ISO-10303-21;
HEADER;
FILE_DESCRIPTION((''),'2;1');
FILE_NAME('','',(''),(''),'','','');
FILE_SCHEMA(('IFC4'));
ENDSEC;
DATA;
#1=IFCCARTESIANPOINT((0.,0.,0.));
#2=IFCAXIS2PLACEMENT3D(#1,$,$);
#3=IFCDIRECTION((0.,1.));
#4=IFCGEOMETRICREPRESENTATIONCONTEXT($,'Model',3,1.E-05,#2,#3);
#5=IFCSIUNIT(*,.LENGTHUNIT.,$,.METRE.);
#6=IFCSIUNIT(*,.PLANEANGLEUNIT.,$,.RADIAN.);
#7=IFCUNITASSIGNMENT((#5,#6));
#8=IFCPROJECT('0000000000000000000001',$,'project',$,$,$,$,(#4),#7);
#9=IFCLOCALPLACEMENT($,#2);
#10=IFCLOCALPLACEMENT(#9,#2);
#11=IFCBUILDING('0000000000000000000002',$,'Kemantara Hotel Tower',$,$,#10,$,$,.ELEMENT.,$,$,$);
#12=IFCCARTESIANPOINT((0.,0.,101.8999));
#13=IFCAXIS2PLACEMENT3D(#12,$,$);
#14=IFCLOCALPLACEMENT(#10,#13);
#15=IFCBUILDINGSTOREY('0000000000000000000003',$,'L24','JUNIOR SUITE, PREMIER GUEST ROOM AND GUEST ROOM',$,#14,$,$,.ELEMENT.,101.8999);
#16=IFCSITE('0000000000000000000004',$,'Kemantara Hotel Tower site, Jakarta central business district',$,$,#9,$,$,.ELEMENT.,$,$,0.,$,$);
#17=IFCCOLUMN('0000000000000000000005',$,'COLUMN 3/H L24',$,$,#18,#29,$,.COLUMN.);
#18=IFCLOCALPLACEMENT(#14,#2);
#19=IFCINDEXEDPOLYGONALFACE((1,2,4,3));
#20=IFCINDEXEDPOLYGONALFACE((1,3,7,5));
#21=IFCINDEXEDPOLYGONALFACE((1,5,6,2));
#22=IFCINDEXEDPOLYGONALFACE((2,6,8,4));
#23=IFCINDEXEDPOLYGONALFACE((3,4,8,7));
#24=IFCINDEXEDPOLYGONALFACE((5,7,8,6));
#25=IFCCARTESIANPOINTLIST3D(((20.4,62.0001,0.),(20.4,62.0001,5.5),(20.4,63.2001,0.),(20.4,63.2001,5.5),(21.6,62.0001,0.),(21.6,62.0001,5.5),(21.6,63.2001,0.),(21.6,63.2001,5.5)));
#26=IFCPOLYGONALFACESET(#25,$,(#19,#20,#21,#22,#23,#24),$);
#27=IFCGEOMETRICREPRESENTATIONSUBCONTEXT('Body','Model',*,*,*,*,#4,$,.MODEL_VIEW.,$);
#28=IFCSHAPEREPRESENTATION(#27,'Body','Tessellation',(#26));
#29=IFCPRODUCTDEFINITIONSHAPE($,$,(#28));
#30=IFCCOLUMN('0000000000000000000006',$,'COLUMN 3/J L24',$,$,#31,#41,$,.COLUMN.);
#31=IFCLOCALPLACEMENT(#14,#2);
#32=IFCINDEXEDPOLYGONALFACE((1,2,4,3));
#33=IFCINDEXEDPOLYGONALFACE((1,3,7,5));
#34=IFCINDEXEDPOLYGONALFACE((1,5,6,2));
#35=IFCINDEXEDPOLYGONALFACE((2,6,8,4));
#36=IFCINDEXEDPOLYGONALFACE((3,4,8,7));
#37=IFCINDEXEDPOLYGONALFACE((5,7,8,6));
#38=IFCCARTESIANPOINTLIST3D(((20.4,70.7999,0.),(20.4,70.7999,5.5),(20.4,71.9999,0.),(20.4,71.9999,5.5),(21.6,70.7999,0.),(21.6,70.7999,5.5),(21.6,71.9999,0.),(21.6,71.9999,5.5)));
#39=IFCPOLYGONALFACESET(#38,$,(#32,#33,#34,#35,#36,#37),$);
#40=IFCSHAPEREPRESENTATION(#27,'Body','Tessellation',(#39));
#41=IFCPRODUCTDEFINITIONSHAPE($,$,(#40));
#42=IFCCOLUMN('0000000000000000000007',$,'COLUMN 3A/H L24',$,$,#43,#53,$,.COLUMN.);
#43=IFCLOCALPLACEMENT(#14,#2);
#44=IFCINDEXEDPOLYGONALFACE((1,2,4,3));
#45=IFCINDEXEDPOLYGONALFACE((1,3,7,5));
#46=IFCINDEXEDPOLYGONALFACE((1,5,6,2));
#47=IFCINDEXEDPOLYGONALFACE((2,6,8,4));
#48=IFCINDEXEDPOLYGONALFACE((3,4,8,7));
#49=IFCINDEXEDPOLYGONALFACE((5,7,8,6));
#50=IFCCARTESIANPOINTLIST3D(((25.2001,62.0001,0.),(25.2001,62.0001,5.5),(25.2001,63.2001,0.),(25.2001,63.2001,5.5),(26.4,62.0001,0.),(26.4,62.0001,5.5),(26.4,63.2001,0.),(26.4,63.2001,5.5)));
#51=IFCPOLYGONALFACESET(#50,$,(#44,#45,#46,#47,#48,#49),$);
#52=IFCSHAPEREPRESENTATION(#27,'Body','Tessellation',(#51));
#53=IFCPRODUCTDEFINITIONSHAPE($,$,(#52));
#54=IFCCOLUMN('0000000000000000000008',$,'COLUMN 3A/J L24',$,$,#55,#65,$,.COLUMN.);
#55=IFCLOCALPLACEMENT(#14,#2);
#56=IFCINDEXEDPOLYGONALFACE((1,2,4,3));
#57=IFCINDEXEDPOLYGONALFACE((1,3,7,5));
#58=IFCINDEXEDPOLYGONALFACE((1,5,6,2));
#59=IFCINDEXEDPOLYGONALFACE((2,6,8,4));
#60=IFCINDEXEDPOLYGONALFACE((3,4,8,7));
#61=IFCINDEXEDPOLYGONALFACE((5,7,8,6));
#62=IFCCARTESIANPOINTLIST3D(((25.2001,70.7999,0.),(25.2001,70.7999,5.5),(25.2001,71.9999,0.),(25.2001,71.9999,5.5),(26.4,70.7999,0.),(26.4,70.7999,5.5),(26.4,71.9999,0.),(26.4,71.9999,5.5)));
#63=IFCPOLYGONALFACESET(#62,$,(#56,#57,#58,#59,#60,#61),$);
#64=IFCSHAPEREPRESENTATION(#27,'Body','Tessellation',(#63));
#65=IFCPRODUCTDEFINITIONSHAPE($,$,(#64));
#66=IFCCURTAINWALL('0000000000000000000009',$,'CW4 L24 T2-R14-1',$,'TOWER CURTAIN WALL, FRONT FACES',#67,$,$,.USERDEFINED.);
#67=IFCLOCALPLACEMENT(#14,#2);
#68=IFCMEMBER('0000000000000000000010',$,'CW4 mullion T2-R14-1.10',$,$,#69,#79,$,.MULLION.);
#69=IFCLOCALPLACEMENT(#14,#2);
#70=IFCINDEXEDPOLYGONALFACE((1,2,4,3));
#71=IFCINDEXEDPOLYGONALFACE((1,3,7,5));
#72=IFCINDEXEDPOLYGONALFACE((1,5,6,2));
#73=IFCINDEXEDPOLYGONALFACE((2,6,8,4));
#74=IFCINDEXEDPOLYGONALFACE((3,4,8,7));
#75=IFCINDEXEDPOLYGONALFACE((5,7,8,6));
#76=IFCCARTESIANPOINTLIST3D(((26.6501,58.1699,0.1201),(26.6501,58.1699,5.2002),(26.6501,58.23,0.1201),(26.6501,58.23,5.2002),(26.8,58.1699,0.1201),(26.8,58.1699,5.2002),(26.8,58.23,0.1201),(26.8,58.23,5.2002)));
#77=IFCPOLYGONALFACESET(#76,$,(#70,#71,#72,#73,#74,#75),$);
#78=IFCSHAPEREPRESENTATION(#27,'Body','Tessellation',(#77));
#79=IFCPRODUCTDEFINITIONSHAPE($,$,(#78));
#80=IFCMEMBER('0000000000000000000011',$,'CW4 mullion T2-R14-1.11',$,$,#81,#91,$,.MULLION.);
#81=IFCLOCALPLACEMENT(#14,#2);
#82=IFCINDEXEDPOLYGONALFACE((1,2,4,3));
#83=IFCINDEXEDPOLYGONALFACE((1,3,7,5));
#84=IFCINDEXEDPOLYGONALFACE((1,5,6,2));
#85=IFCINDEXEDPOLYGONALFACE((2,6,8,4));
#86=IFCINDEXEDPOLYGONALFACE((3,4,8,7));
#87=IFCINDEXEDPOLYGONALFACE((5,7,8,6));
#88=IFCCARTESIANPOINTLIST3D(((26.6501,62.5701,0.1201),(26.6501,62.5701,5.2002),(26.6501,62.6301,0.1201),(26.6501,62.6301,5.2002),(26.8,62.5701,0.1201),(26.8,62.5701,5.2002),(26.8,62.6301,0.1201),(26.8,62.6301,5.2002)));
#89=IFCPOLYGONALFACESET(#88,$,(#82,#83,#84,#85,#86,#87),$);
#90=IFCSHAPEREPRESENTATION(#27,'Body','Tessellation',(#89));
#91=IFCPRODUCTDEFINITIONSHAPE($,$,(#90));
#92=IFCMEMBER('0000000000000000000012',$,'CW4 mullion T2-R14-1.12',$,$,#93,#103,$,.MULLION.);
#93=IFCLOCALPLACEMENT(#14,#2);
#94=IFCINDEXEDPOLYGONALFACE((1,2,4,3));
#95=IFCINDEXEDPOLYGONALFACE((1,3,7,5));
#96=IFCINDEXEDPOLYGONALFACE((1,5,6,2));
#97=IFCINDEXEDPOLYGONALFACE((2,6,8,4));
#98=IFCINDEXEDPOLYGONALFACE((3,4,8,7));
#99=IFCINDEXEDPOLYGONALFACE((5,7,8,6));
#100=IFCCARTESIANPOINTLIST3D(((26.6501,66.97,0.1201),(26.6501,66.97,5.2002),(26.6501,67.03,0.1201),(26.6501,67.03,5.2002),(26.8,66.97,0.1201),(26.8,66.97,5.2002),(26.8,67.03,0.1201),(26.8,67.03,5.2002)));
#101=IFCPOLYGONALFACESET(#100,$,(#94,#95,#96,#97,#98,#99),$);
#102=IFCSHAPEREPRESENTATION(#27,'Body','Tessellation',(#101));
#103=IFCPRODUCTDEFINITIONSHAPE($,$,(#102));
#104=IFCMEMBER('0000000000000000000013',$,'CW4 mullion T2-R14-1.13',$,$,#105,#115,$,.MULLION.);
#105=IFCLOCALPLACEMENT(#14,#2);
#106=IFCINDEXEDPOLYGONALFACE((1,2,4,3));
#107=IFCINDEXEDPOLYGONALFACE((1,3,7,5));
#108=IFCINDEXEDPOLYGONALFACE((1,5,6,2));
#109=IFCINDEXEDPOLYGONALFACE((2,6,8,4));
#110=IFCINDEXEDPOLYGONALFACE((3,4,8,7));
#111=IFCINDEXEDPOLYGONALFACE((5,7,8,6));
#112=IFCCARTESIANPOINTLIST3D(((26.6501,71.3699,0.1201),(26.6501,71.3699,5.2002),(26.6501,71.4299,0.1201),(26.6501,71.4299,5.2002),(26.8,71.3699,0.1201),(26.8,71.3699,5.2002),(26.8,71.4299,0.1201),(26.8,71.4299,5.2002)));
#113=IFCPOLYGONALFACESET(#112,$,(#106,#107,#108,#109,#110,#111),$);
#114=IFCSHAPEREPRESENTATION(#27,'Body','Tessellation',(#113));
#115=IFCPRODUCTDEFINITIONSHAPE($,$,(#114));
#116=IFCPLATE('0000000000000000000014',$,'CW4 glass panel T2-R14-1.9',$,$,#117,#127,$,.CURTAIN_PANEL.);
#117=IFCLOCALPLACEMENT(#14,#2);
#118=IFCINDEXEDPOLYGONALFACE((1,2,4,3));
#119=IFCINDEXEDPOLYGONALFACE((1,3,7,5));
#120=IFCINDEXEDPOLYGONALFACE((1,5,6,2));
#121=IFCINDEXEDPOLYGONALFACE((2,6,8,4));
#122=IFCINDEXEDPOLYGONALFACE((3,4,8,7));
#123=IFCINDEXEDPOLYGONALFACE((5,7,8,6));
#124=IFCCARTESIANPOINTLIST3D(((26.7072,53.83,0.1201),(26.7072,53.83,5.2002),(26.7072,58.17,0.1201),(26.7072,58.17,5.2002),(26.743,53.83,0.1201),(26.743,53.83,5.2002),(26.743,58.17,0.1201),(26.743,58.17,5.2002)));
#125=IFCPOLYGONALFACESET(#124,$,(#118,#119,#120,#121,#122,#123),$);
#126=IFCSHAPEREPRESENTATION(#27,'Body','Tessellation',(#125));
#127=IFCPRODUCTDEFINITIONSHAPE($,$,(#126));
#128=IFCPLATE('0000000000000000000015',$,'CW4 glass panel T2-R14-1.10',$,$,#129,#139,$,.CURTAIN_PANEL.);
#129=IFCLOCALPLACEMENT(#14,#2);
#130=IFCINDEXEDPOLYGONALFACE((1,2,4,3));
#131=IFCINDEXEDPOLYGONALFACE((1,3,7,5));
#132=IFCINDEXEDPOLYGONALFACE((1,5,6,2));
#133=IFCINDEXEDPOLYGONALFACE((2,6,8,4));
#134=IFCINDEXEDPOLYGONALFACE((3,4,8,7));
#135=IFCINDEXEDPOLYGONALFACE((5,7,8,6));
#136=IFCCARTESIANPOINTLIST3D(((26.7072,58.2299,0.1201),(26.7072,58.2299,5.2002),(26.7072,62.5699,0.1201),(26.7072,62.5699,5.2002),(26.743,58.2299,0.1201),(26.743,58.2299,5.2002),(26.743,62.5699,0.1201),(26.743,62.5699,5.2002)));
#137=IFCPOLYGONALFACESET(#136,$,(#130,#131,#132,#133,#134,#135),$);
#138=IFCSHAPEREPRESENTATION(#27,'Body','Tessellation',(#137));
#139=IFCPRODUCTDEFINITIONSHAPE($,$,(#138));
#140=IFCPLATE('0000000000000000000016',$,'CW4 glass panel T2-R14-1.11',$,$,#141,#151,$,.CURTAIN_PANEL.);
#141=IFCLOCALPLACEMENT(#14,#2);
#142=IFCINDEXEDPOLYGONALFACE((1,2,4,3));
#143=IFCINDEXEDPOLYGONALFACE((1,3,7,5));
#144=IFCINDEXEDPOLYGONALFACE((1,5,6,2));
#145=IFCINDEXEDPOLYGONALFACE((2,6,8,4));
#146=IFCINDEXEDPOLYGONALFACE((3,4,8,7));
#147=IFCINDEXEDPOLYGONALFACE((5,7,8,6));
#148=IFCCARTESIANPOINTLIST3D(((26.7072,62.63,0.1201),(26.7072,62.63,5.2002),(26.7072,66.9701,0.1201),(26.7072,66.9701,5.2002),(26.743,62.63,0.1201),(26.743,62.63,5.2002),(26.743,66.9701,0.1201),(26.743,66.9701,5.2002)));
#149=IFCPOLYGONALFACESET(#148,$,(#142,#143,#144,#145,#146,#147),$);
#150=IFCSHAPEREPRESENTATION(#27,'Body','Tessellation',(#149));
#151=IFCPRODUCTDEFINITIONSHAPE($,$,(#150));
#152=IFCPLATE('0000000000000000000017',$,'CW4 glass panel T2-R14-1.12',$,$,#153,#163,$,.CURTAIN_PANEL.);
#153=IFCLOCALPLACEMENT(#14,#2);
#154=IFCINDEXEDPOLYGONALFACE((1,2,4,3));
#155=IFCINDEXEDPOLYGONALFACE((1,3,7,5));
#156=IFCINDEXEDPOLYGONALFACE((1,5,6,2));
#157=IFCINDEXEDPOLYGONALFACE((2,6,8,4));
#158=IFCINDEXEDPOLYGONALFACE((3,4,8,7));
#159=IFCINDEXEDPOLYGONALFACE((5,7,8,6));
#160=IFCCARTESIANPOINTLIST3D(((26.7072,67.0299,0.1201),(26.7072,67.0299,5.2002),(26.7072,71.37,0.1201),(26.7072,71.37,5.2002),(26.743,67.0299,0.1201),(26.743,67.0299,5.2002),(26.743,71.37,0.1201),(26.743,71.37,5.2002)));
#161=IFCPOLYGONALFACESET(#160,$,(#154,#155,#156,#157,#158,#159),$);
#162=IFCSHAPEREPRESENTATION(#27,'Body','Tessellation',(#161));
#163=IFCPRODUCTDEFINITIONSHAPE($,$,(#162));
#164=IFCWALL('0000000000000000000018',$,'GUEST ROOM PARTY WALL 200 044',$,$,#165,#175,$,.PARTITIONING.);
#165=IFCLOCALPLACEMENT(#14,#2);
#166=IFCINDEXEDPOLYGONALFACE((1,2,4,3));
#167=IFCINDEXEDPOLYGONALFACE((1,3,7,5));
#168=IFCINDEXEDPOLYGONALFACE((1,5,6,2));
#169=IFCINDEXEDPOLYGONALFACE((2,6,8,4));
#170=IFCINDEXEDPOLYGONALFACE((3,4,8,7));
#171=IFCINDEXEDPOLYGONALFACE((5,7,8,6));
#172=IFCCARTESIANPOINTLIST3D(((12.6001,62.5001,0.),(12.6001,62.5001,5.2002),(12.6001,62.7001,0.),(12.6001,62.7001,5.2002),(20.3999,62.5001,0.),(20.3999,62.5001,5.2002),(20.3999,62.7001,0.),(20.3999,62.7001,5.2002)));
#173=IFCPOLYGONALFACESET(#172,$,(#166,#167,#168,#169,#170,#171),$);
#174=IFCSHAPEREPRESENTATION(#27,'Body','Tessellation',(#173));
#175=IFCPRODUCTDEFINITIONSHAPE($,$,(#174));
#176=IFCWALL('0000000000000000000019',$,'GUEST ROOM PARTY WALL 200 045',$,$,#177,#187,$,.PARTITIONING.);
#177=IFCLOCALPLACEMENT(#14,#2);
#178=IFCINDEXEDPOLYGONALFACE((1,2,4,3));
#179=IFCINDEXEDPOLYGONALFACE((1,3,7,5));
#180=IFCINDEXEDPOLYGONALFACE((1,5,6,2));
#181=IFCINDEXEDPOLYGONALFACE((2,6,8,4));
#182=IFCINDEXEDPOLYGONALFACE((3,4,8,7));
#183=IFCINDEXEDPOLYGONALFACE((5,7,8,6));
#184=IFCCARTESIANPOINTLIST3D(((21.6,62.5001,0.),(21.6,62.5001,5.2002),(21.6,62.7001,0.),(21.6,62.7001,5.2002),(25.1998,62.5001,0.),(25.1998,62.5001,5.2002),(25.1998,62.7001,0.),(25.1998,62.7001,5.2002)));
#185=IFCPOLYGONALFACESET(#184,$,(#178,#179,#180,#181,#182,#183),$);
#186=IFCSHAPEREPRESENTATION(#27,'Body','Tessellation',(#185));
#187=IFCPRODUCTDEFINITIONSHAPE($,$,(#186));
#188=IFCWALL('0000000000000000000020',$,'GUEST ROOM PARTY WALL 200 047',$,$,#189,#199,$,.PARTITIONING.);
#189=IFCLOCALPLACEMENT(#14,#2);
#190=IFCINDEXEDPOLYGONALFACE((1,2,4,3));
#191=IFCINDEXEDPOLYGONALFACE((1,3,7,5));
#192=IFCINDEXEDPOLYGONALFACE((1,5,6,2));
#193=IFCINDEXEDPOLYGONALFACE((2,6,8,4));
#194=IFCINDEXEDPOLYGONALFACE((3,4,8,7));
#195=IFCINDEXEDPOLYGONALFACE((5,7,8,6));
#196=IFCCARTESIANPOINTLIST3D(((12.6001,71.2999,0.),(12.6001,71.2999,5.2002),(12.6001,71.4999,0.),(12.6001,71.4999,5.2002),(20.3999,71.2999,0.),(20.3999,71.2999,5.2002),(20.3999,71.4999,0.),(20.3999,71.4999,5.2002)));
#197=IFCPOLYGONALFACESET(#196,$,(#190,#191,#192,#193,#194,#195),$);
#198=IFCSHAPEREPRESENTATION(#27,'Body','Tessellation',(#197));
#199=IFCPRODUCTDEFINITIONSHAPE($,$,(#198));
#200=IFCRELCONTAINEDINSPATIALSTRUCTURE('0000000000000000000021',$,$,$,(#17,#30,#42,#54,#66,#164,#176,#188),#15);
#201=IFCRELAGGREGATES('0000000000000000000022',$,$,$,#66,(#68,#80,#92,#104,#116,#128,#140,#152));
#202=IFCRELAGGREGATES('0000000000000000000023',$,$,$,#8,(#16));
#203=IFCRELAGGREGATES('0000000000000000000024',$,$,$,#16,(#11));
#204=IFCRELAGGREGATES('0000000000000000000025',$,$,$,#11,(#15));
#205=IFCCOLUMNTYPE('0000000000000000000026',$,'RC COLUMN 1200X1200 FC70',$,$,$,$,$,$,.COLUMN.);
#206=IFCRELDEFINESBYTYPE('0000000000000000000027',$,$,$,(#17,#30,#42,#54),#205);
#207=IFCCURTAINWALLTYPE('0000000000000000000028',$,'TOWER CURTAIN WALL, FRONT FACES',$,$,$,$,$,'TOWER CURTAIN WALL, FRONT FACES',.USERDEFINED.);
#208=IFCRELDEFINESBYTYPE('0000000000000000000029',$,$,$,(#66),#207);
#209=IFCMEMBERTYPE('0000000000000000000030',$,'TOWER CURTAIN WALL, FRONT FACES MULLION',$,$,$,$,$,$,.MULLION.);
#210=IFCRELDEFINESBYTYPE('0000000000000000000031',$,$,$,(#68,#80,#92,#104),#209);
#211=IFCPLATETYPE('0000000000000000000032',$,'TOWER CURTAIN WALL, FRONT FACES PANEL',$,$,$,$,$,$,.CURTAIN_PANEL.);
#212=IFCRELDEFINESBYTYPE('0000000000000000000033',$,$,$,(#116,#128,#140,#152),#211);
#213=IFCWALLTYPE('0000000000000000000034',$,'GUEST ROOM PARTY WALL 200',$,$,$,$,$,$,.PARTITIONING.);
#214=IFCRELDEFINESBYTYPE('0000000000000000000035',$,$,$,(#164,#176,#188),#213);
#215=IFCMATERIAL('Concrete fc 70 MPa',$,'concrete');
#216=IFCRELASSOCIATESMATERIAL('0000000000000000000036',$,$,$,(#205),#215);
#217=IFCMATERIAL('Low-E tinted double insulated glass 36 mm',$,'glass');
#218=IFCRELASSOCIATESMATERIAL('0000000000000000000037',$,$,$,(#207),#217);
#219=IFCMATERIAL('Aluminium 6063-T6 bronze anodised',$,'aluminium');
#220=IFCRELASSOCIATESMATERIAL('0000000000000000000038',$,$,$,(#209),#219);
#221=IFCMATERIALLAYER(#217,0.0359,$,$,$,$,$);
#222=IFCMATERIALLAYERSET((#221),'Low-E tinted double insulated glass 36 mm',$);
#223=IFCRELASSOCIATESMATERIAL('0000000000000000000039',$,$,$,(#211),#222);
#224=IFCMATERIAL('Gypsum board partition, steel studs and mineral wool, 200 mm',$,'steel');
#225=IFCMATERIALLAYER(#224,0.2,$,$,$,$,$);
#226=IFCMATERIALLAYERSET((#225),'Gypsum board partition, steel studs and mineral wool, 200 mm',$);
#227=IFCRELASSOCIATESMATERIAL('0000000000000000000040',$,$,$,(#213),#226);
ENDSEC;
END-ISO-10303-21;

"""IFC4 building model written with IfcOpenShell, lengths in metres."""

from ifc_helpers import new_model, si_unit, direction, frame, frame_2d, origin, origin_2d, place, context, subcontext, project, spatial, rectangle, extrude, source, transform, mapped, material, layer, layer_set, material_profile, profile_set, type_object, element, aggregate, save


model = new_model("IFC4")

# Units and contexts
model_context = context("Model", 3, precision=1e-05, world=origin(), true_north=direction((0.0, 1.0)))
body_context = subcontext(model_context, "Body", "Model", "MODEL_VIEW")
ifc_project = project(units=[si_unit("LENGTHUNIT", "METRE"), si_unit("PLANEANGLEUNIT", "RADIAN")], contexts=[model_context])

# Site, building, storey
site_placement = place(None, origin())
site = spatial("IfcSite", under=ifc_project, at=site_placement, Name="Kemantara Hotel Tower site, Jakarta central business district", CompositionType="ELEMENT", RefElevation=0.0)
building_placement = place(site_placement, origin())
building = spatial("IfcBuilding", under=site, at=building_placement, Name="Kemantara Hotel Tower", CompositionType="ELEMENT")
storey_placement = place(building_placement, frame((0.0, 0.0, 101.8999)))
storey = spatial("IfcBuildingStorey", under=building, at=storey_placement, Name="L24", Description="JUNIOR SUITE, PREMIER GUEST ROOM AND GUEST ROOM", CompositionType="ELEMENT", Elevation=101.8999)

# Columns
ifc_material_1 = material(Name="Concrete fc 70 MPa", Category="concrete")
ifc_material_profile_1 = material_profile(ifc_material_1, rectangle(XDim=1.2, YDim=1.2, at=origin_2d()), Name="RC 1200X1200")
ifc_profile_set_1 = profile_set([ifc_material_profile_1], Name="Concrete fc 70 MPa")
column_type = type_object("IfcColumnType", Name="RC COLUMN 1200X1200 FC70", PredefinedType="COLUMN", material=ifc_profile_set_1)
for number, where, z_axis, x_axis, name in (
    (1, (21.0, 62.6001, 0.0), (0.0, 0.0, 1.0), (1.0, 0.0, 0.0), "COLUMN 3/H L24"),
    (2, (21.0, 71.3999, 0.0), (0.0, 0.0, 1.0), (1.0, 0.0, 0.0), "COLUMN 3/J L24"),
    (3, (25.8, 62.6001, 0.0), (0.0, 0.0, 1.0), (1.0, 0.0, 0.0), "COLUMN 3A/H L24"),
    (4, (25.8, 71.3999, 0.0), (0.0, 0.0, 1.0), (1.0, 0.0, 0.0), "COLUMN 3A/J L24"),
):
    element("IfcColumn", number, at=place(storey_placement, frame(where, z_axis=z_axis, x_axis=x_axis)), inside=storey, type_object=column_type, Name=name, PredefinedType="COLUMN", context=body_context, shape_type="SweptSolid", body=[
        extrude(rectangle(XDim=1.2, YDim=1.2, at=origin_2d()), origin(), (0.0, 0.0, 1.0), 5.5),
    ])

# Curtain wall, members, plates
ifc_material_2 = material(Name="Low-E tinted double insulated glass 36 mm", Category="glass")
curtain_wall_type = type_object("IfcCurtainWallType", Name="TOWER CURTAIN WALL, FRONT FACES", ElementType="TOWER CURTAIN WALL, FRONT FACES", PredefinedType="USERDEFINED", material=ifc_material_2)
curtain_wall_placement = place(storey_placement, origin())
curtain_wall = element("IfcCurtainWall", 5, at=curtain_wall_placement, inside=storey, type_object=curtain_wall_type, Name="CW4 L24 T2-R14-1", ObjectType="TOWER CURTAIN WALL, FRONT FACES", PredefinedType="USERDEFINED")
ifc_material_3 = material(Name="Aluminium 6063-T6 bronze anodised", Category="aluminium")
ifc_material_profile_2 = material_profile(ifc_material_3, rectangle(XDim=0.1499, YDim=0.0601, at=origin_2d()), Name="TOWER CURTAIN WALL, FRONT FACES MULLION")
ifc_profile_set_2 = profile_set([ifc_material_profile_2], Name="Aluminium 6063-T6 bronze anodised")
member_type = type_object("IfcMemberType", Name="TOWER CURTAIN WALL, FRONT FACES MULLION", PredefinedType="MULLION", material=ifc_profile_set_2)
shared_shape_1 = source(origin(), body_context, "Body", "SweptSolid", [
    extrude(rectangle(XDim=0.1499, YDim=0.0601, at=origin_2d()), origin(), (0.0, 0.0, 1.0), 5.0801),
])
member_1_placement = place(storey_placement, frame((26.7251, 58.2, 0.1201), z_axis=(0.0, 0.0, 1.0), x_axis=(-1.0, 0.0, 0.0)))
member_1 = element("IfcMember", 6, at=member_1_placement, type_object=member_type, Name="CW4 mullion T2-R14-1.10", PredefinedType="MULLION", context=body_context, shape_type="MappedRepresentation", body=[
    mapped(shared_shape_1, transform((0.0, 0.0, 0.0))),
])
member_2_placement = place(storey_placement, frame((26.7251, 62.6001, 0.1201), z_axis=(0.0, 0.0, 1.0), x_axis=(-1.0, 0.0, 0.0)))
member_2 = element("IfcMember", 7, at=member_2_placement, type_object=member_type, Name="CW4 mullion T2-R14-1.11", PredefinedType="MULLION", context=body_context, shape_type="MappedRepresentation", body=[
    mapped(shared_shape_1, transform((0.0, 0.0, 0.0))),
])
member_3_placement = place(storey_placement, frame((26.7251, 67.0, 0.1201), z_axis=(0.0, 0.0, 1.0), x_axis=(-1.0, 0.0, 0.0)))
member_3 = element("IfcMember", 8, at=member_3_placement, type_object=member_type, Name="CW4 mullion T2-R14-1.12", PredefinedType="MULLION", context=body_context, shape_type="MappedRepresentation", body=[
    mapped(shared_shape_1, transform((0.0, 0.0, 0.0))),
])
member_4_placement = place(storey_placement, frame((26.7251, 71.3999, 0.1201), z_axis=(0.0, 0.0, 1.0), x_axis=(-1.0, 0.0, 0.0)))
member_4 = element("IfcMember", 9, at=member_4_placement, type_object=member_type, Name="CW4 mullion T2-R14-1.13", PredefinedType="MULLION", context=body_context, shape_type="MappedRepresentation", body=[
    mapped(shared_shape_1, transform((0.0, 0.0, 0.0))),
])
ifc_layer_1 = layer(ifc_material_2, 0.0359)
ifc_layer_set_1 = layer_set([ifc_layer_1], Name="Low-E tinted double insulated glass 36 mm")
plate_type = type_object("IfcPlateType", Name="TOWER CURTAIN WALL, FRONT FACES PANEL", PredefinedType="CURTAIN_PANEL", material=ifc_layer_set_1)
shared_shape_2 = source(origin(), body_context, "Body", "SweptSolid", [
    extrude(rectangle(XDim=4.3401, YDim=0.0359, at=origin_2d()), origin(), (0.0, 0.0, 1.0), 5.0801),
])
plate_1_placement = place(storey_placement, frame((26.7251, 56.0, 0.1201), z_axis=(0.0, 0.0, 1.0), x_axis=(0.0, 1.0, 0.0)))
plate_1 = element("IfcPlate", 10, at=plate_1_placement, type_object=plate_type, Name="CW4 glass panel T2-R14-1.9", PredefinedType="CURTAIN_PANEL", context=body_context, shape_type="MappedRepresentation", body=[
    mapped(shared_shape_2, transform((0.0, 0.0, 0.0))),
])
plate_2_placement = place(storey_placement, frame((26.7251, 60.3999, 0.1201), z_axis=(0.0, 0.0, 1.0), x_axis=(0.0, 1.0, 0.0)))
plate_2 = element("IfcPlate", 11, at=plate_2_placement, type_object=plate_type, Name="CW4 glass panel T2-R14-1.10", PredefinedType="CURTAIN_PANEL", context=body_context, shape_type="MappedRepresentation", body=[
    mapped(shared_shape_2, transform((0.0, 0.0, 0.0))),
])
plate_3_placement = place(storey_placement, frame((26.7251, 64.8, 0.1201), z_axis=(0.0, 0.0, 1.0), x_axis=(0.0, 1.0, 0.0)))
plate_3 = element("IfcPlate", 12, at=plate_3_placement, type_object=plate_type, Name="CW4 glass panel T2-R14-1.11", PredefinedType="CURTAIN_PANEL", context=body_context, shape_type="MappedRepresentation", body=[
    mapped(shared_shape_2, transform((0.0, 0.0, 0.0))),
])
plate_4_placement = place(storey_placement, frame((26.7251, 69.2, 0.1201), z_axis=(0.0, 0.0, 1.0), x_axis=(0.0, 1.0, 0.0)))
plate_4 = element("IfcPlate", 13, at=plate_4_placement, type_object=plate_type, Name="CW4 glass panel T2-R14-1.12", PredefinedType="CURTAIN_PANEL", context=body_context, shape_type="MappedRepresentation", body=[
    mapped(shared_shape_2, transform((0.0, 0.0, 0.0))),
])
aggregate(curtain_wall, [member_1, member_2, member_3, member_4, plate_1, plate_2, plate_3, plate_4])

# Walls
ifc_material_4 = material(Name="Gypsum board partition, steel studs and mineral wool, 200 mm", Category="steel")
ifc_layer_2 = layer(ifc_material_4, 0.2)
ifc_layer_set_2 = layer_set([ifc_layer_2], Name="Gypsum board partition, steel studs and mineral wool, 200 mm")
wall_type_1 = type_object("IfcWallType", Name="GUEST ROOM PARTY WALL 200", PredefinedType="PARTITIONING", material=ifc_layer_set_2)
wall_1_placement = place(storey_placement, frame((12.6001, 62.6001, 0.0), z_axis=(0.0, 0.0, 1.0), x_axis=(1.0, 0.0, 0.0)))
element("IfcWall", 14, at=wall_1_placement, inside=storey, type_object=wall_type_1, Name="GUEST ROOM PARTY WALL 200 044", PredefinedType="PARTITIONING", context=body_context, shape_type="SweptSolid", body=[
    extrude(rectangle(XDim=7.7998, YDim=0.2, at=frame_2d((3.8999, 0.0))), origin(), (0.0, 0.0, 1.0), 5.2002),
])
wall_2_placement = place(storey_placement, frame((21.6001, 62.6001, 0.0), z_axis=(0.0, 0.0, 1.0), x_axis=(1.0, 0.0, 0.0)))
element("IfcWall", 15, at=wall_2_placement, inside=storey, type_object=wall_type_1, Name="GUEST ROOM PARTY WALL 200 045", PredefinedType="PARTITIONING", context=body_context, shape_type="SweptSolid", body=[
    extrude(rectangle(XDim=3.5999, YDim=0.2, at=frame_2d((1.7998, 0.0))), origin(), (0.0, 0.0, 1.0), 5.2002),
])
wall_3_placement = place(storey_placement, frame((12.6001, 71.3999, 0.0), z_axis=(0.0, 0.0, 1.0), x_axis=(1.0, 0.0, 0.0)))
element("IfcWall", 16, at=wall_3_placement, inside=storey, type_object=wall_type_1, Name="GUEST ROOM PARTY WALL 200 047", PredefinedType="PARTITIONING", context=body_context, shape_type="SweptSolid", body=[
    extrude(rectangle(XDim=7.7998, YDim=0.2, at=frame_2d((3.8999, 0.0))), origin(), (0.0, 0.0, 1.0), 5.2002),
])

save(model, "model.ifc")
